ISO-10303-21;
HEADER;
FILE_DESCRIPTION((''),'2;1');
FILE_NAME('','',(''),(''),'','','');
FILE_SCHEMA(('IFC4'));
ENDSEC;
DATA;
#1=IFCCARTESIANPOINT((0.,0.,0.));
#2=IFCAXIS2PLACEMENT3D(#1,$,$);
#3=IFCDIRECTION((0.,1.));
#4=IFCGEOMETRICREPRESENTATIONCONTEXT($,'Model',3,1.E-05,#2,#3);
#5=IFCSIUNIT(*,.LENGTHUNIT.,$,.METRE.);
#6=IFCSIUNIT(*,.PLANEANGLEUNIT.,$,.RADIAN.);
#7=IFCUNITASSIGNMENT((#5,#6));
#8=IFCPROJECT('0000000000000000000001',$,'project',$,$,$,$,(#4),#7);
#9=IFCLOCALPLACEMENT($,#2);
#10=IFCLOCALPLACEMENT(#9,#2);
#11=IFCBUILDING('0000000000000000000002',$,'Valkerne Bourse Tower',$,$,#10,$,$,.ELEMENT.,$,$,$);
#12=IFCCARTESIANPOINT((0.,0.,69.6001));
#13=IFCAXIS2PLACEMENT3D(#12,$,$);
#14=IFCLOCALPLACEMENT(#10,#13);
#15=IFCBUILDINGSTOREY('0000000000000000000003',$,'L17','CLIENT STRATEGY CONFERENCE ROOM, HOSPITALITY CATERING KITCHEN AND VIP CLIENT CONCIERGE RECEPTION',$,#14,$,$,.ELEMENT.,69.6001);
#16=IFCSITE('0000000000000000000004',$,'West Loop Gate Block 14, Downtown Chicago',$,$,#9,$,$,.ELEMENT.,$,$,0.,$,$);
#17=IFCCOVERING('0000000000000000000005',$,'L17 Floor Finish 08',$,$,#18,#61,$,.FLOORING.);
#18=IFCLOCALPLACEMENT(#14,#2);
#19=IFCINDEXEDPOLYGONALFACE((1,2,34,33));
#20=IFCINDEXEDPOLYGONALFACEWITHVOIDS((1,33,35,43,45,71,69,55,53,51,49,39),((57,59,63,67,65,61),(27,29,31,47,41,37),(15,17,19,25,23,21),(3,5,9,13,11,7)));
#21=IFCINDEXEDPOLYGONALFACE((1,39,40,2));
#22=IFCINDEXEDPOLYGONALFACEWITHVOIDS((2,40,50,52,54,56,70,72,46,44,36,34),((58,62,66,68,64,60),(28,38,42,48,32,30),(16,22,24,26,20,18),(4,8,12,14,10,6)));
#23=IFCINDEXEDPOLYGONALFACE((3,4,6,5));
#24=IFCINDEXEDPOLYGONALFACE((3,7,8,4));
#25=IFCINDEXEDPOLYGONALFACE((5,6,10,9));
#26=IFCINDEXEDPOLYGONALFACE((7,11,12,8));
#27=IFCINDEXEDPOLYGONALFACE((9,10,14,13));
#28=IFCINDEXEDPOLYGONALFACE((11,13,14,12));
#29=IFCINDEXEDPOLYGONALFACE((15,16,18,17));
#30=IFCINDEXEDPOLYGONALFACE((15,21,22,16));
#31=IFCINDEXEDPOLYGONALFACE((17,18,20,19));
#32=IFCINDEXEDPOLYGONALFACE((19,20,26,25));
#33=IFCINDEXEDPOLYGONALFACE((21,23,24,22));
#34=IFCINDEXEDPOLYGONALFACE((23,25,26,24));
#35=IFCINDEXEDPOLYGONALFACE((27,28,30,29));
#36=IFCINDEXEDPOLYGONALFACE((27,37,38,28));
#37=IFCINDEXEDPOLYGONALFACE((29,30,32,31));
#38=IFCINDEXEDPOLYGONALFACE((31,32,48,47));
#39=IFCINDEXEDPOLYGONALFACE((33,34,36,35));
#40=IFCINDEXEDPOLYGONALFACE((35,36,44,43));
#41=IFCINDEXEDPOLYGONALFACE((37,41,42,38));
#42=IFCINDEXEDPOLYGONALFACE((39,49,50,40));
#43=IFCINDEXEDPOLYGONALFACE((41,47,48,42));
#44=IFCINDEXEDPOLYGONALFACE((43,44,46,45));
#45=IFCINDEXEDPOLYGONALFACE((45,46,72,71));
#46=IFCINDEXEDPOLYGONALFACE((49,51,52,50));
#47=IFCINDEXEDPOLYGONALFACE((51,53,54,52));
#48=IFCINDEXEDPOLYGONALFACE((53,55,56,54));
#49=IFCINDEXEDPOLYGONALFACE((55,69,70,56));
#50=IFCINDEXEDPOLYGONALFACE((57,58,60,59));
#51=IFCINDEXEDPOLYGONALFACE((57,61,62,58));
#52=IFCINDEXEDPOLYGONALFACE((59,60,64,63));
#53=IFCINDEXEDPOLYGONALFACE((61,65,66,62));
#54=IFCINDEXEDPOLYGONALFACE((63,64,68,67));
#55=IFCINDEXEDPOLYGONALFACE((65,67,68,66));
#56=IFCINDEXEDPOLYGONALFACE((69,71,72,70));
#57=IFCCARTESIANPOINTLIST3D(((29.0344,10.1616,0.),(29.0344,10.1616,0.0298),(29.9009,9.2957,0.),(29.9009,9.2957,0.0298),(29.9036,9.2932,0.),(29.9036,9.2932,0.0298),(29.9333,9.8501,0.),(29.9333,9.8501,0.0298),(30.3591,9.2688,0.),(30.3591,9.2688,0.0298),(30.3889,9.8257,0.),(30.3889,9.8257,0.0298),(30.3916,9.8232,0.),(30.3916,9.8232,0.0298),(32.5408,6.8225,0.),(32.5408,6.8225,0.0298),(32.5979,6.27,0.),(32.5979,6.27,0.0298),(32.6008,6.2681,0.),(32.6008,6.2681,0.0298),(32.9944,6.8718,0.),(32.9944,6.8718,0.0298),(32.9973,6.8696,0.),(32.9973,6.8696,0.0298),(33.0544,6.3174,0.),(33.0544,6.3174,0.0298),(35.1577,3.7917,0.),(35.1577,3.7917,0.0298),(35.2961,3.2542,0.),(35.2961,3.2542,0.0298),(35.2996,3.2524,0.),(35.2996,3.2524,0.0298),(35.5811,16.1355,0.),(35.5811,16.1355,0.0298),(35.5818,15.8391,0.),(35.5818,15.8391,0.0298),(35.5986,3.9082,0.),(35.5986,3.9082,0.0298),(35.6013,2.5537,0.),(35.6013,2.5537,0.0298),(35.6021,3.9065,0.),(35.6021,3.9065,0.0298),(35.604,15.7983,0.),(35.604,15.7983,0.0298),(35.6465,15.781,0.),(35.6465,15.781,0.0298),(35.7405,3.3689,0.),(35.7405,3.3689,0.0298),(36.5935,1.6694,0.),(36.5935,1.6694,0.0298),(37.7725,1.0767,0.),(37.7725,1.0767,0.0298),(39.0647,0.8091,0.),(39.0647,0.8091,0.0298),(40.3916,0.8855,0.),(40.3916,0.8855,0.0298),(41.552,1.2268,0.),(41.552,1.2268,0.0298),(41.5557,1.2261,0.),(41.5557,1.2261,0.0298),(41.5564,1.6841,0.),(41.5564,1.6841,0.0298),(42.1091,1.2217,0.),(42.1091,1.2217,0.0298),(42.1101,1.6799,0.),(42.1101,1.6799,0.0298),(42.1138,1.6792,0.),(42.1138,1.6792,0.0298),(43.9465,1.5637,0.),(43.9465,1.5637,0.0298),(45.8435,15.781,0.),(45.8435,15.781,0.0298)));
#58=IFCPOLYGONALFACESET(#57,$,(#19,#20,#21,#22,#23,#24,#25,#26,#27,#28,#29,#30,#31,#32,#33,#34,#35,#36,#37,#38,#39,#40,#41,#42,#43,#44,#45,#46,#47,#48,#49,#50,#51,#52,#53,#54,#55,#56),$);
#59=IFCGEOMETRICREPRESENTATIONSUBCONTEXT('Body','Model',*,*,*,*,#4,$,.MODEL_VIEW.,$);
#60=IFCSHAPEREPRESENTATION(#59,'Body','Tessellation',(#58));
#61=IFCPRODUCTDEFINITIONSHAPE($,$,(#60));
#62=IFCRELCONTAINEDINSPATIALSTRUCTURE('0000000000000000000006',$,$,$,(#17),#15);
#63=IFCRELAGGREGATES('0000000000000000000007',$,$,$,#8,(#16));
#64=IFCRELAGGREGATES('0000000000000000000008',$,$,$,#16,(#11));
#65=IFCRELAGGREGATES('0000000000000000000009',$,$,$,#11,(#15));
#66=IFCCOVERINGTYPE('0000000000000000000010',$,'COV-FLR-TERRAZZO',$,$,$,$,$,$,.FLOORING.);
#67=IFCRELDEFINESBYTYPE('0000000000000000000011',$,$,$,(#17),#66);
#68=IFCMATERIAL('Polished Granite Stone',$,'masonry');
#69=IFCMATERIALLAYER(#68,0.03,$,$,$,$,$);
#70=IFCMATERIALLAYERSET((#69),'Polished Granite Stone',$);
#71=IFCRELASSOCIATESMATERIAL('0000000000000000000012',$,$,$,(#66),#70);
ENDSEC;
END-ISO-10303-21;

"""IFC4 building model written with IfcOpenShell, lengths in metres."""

from ifc_helpers import new_model, si_unit, direction, frame, origin, place, context, subcontext, project, spatial, polyline, outline, extrude, material, layer, layer_set, type_object, element, save


model = new_model("IFC4")

# Units and contexts
model_context = context("Model", 3, precision=1e-05, world=origin(), true_north=direction((0.0, 1.0)))
body_context = subcontext(model_context, "Body", "Model", "MODEL_VIEW")
ifc_project = project(units=[si_unit("LENGTHUNIT", "METRE"), si_unit("PLANEANGLEUNIT", "RADIAN")], contexts=[model_context])

# Site, building, storey
site_placement = place(None, origin())
site = spatial("IfcSite", under=ifc_project, at=site_placement, Name="West Loop Gate Block 14, Downtown Chicago", CompositionType="ELEMENT", RefElevation=0.0)
building_placement = place(site_placement, origin())
building = spatial("IfcBuilding", under=site, at=building_placement, Name="Valkerne Bourse Tower", CompositionType="ELEMENT")
storey_placement = place(building_placement, frame((0.0, 0.0, 69.6001)))
storey = spatial("IfcBuildingStorey", under=building, at=storey_placement, Name="L17", Description="CLIENT STRATEGY CONFERENCE ROOM, HOSPITALITY CATERING KITCHEN AND VIP CLIENT CONCIERGE RECEPTION", CompositionType="ELEMENT", Elevation=69.6001)

# Covering
ifc_material_1 = material(Name="Polished Granite Stone", Category="masonry")
ifc_layer_1 = layer(ifc_material_1, 0.03)
ifc_layer_set_1 = layer_set([ifc_layer_1], Name="Polished Granite Stone")
covering_type_1 = type_object("IfcCoveringType", Name="COV-FLR-TERRAZZO", PredefinedType="FLOORING", material=ifc_layer_set_1)
covering_1_placement = place(storey_placement, origin())
element("IfcCovering", 1, at=covering_1_placement, inside=storey, type_object=covering_type_1, Name="L17 Floor Finish 08", PredefinedType="FLOORING", context=body_context, shape_type="SweptSolid", body=[
    extrude(outline(polyline([(37.7725, 1.0767), (36.5935, 1.6694), (35.6013, 2.5537), (29.0344, 10.1616), (35.5811, 16.1355), (35.5818, 15.8391), (35.604, 15.7983), (35.6465, 15.781), (45.8435, 15.781), (43.9465, 1.5637), (40.3916, 0.8855), (39.0647, 0.8091), (37.7725, 1.0767)]), holes=[polyline([(35.6021, 3.9065), (35.5986, 3.9082), (35.1577, 3.7917), (35.2961, 3.2542), (35.2996, 3.2524), (35.7405, 3.3689), (35.6021, 3.9065)]), polyline([(32.9973, 6.8696), (32.9944, 6.8718), (32.5408, 6.8225), (32.5979, 6.27), (32.6008, 6.2681), (33.0544, 6.3174), (32.9973, 6.8696)]), polyline([(30.3916, 9.8232), (30.3889, 9.8257), (29.9333, 9.8501), (29.9009, 9.2957), (29.9036, 9.2932), (30.3591, 9.2688), (30.3916, 9.8232)]), polyline([(42.1138, 1.6792), (42.1101, 1.6799), (41.5564, 1.6841), (41.552, 1.2268), (41.5557, 1.2261), (42.1091, 1.2217), (42.1138, 1.6792)])]), origin(), (0.0, 0.0, 1.0), 0.0298),
])

save(model, "model.ifc")
